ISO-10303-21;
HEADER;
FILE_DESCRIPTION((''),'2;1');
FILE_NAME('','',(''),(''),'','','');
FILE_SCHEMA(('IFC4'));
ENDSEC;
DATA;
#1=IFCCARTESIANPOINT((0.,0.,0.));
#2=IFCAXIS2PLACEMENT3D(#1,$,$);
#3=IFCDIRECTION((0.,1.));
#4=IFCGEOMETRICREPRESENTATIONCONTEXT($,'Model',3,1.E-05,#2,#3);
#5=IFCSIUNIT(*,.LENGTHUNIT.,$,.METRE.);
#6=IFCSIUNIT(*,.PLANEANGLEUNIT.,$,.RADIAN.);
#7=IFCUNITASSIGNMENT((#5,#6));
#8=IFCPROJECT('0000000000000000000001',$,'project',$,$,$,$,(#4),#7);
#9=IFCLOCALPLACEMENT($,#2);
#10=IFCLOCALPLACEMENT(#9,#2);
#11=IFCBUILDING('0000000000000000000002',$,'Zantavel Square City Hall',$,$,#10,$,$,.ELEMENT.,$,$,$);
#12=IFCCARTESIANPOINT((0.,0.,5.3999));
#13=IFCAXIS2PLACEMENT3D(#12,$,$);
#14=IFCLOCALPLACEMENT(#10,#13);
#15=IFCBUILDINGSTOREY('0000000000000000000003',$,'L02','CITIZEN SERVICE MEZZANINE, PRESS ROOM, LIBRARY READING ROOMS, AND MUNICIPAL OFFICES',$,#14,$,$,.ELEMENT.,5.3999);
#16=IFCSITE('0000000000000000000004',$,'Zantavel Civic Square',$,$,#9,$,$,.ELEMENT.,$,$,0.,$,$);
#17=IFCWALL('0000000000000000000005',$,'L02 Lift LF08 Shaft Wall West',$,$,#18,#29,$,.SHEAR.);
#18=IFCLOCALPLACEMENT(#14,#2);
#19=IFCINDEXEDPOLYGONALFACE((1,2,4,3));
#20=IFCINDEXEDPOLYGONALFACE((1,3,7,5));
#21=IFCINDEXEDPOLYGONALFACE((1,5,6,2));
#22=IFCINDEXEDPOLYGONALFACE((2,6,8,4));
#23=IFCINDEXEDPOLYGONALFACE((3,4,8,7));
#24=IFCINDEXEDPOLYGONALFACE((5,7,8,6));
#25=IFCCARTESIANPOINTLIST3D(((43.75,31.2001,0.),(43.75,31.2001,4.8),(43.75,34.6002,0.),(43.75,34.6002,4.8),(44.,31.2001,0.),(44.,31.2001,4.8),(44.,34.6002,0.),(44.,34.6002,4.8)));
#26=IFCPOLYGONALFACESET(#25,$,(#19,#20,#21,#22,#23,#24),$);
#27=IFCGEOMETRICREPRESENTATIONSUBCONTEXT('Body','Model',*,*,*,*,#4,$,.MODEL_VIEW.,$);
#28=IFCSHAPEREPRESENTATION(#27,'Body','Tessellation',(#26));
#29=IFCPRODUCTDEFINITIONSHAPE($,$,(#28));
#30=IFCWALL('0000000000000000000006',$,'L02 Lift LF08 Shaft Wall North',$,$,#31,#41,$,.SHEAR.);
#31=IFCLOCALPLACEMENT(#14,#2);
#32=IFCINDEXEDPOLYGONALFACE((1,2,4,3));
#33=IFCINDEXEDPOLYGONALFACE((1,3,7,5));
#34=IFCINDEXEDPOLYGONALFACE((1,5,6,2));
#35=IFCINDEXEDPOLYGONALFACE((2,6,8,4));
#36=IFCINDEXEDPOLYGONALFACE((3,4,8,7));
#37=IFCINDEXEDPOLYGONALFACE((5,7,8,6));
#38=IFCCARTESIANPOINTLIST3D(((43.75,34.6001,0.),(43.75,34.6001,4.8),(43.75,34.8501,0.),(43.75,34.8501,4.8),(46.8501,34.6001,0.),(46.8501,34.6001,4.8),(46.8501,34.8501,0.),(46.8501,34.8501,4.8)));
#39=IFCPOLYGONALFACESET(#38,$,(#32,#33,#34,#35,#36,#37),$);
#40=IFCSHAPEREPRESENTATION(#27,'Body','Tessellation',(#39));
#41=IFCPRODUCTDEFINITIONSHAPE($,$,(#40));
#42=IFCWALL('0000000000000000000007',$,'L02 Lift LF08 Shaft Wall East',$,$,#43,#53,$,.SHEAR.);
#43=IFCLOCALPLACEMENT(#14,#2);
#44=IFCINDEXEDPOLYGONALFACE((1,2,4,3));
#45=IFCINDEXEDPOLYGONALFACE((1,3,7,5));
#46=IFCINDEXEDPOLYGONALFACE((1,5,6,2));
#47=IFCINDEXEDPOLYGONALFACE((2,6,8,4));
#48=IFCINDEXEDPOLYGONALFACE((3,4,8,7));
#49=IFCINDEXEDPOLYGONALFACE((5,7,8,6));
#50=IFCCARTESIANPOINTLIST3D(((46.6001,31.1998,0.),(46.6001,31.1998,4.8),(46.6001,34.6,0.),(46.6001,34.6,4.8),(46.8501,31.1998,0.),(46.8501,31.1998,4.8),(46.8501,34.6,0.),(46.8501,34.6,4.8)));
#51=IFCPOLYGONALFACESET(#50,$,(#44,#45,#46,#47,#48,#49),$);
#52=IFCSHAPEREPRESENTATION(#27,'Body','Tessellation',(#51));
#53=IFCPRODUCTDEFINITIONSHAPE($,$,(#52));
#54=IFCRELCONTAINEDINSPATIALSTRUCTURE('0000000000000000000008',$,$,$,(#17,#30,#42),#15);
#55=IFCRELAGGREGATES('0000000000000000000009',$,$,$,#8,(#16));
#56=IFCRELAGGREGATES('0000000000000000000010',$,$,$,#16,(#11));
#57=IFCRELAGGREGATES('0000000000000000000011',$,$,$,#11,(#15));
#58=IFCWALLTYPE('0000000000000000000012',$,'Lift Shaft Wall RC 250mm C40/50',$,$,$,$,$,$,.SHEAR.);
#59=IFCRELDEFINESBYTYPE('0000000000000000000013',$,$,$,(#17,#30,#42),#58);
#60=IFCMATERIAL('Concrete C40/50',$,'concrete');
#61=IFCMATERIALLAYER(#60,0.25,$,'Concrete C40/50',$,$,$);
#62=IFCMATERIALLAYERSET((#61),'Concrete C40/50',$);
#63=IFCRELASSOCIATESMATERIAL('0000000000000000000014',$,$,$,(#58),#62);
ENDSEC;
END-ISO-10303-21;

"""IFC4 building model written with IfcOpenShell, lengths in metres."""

from ifc_helpers import new_model, si_unit, direction, frame, frame_2d, origin, place, context, subcontext, project, spatial, rectangle, extrude, material, layer, layer_set, type_object, element, save


model = new_model("IFC4")

# Units and contexts
model_context = context("Model", 3, precision=1e-05, world=origin(), true_north=direction((0.0, 1.0)))
body_context = subcontext(model_context, "Body", "Model", "MODEL_VIEW")
ifc_project = project(units=[si_unit("LENGTHUNIT", "METRE"), si_unit("PLANEANGLEUNIT", "RADIAN")], contexts=[model_context])

# Site, building, storey
site_placement = place(None, origin())
site = spatial("IfcSite", under=ifc_project, at=site_placement, Name="Zantavel Civic Square", CompositionType="ELEMENT", RefElevation=0.0)
building_placement = place(site_placement, origin())
building = spatial("IfcBuilding", under=site, at=building_placement, Name="Zantavel Square City Hall", CompositionType="ELEMENT")
storey_placement = place(building_placement, frame((0.0, 0.0, 5.3999)))
storey = spatial("IfcBuildingStorey", under=building, at=storey_placement, Name="L02", Description="CITIZEN SERVICE MEZZANINE, PRESS ROOM, LIBRARY READING ROOMS, AND MUNICIPAL OFFICES", CompositionType="ELEMENT", Elevation=5.3999)

# Shared definitions
ifc_material_1 = material(Name="Concrete C40/50", Category="concrete")

# Shared definitions
ifc_layer_1 = layer(ifc_material_1, 0.25, Name="Concrete C40/50")
ifc_layer_set_1 = layer_set([ifc_layer_1], Name="Concrete C40/50")
wall_type_1 = type_object("IfcWallType", Name="Lift Shaft Wall RC 250mm C40/50", PredefinedType="SHEAR", material=ifc_layer_set_1)

# Walls
wall_1_placement = place(storey_placement, frame((43.875, 31.2, 0.0), z_axis=(0.0, 0.0, 1.0), x_axis=(0.0, 1.0, 0.0)))
element("IfcWall", 1, at=wall_1_placement, inside=storey, type_object=wall_type_1, Name="L02 Lift LF08 Shaft Wall West", PredefinedType="SHEAR", context=body_context, shape_type="SweptSolid", body=[
    extrude(rectangle(XDim=3.4001, YDim=0.25, at=frame_2d((1.7002, 0.0))), origin(), (0.0, 0.0, 1.0), 4.8),
])
wall_2_placement = place(storey_placement, frame((43.75, 34.7251, 0.0), z_axis=(0.0, 0.0, 1.0), x_axis=(1.0, 0.0, 0.0)))
element("IfcWall", 2, at=wall_2_placement, inside=storey, type_object=wall_type_1, Name="L02 Lift LF08 Shaft Wall North", PredefinedType="SHEAR", context=body_context, shape_type="SweptSolid", body=[
    extrude(rectangle(XDim=3.1001, YDim=0.25, at=frame_2d((1.55, 0.0))), origin(), (0.0, 0.0, 1.0), 4.8),
])
wall_3_placement = place(storey_placement, frame((46.7251, 34.6001, 0.0), z_axis=(0.0, 0.0, 1.0), x_axis=(0.0, -1.0, 0.0)))
element("IfcWall", 3, at=wall_3_placement, inside=storey, type_object=wall_type_1, Name="L02 Lift LF08 Shaft Wall East", PredefinedType="SHEAR", context=body_context, shape_type="SweptSolid", body=[
    extrude(rectangle(XDim=3.4001, YDim=0.25, at=frame_2d((1.7002, 0.0))), origin(), (0.0, 0.0, 1.0), 4.8),
])

save(model, "model.ifc")
